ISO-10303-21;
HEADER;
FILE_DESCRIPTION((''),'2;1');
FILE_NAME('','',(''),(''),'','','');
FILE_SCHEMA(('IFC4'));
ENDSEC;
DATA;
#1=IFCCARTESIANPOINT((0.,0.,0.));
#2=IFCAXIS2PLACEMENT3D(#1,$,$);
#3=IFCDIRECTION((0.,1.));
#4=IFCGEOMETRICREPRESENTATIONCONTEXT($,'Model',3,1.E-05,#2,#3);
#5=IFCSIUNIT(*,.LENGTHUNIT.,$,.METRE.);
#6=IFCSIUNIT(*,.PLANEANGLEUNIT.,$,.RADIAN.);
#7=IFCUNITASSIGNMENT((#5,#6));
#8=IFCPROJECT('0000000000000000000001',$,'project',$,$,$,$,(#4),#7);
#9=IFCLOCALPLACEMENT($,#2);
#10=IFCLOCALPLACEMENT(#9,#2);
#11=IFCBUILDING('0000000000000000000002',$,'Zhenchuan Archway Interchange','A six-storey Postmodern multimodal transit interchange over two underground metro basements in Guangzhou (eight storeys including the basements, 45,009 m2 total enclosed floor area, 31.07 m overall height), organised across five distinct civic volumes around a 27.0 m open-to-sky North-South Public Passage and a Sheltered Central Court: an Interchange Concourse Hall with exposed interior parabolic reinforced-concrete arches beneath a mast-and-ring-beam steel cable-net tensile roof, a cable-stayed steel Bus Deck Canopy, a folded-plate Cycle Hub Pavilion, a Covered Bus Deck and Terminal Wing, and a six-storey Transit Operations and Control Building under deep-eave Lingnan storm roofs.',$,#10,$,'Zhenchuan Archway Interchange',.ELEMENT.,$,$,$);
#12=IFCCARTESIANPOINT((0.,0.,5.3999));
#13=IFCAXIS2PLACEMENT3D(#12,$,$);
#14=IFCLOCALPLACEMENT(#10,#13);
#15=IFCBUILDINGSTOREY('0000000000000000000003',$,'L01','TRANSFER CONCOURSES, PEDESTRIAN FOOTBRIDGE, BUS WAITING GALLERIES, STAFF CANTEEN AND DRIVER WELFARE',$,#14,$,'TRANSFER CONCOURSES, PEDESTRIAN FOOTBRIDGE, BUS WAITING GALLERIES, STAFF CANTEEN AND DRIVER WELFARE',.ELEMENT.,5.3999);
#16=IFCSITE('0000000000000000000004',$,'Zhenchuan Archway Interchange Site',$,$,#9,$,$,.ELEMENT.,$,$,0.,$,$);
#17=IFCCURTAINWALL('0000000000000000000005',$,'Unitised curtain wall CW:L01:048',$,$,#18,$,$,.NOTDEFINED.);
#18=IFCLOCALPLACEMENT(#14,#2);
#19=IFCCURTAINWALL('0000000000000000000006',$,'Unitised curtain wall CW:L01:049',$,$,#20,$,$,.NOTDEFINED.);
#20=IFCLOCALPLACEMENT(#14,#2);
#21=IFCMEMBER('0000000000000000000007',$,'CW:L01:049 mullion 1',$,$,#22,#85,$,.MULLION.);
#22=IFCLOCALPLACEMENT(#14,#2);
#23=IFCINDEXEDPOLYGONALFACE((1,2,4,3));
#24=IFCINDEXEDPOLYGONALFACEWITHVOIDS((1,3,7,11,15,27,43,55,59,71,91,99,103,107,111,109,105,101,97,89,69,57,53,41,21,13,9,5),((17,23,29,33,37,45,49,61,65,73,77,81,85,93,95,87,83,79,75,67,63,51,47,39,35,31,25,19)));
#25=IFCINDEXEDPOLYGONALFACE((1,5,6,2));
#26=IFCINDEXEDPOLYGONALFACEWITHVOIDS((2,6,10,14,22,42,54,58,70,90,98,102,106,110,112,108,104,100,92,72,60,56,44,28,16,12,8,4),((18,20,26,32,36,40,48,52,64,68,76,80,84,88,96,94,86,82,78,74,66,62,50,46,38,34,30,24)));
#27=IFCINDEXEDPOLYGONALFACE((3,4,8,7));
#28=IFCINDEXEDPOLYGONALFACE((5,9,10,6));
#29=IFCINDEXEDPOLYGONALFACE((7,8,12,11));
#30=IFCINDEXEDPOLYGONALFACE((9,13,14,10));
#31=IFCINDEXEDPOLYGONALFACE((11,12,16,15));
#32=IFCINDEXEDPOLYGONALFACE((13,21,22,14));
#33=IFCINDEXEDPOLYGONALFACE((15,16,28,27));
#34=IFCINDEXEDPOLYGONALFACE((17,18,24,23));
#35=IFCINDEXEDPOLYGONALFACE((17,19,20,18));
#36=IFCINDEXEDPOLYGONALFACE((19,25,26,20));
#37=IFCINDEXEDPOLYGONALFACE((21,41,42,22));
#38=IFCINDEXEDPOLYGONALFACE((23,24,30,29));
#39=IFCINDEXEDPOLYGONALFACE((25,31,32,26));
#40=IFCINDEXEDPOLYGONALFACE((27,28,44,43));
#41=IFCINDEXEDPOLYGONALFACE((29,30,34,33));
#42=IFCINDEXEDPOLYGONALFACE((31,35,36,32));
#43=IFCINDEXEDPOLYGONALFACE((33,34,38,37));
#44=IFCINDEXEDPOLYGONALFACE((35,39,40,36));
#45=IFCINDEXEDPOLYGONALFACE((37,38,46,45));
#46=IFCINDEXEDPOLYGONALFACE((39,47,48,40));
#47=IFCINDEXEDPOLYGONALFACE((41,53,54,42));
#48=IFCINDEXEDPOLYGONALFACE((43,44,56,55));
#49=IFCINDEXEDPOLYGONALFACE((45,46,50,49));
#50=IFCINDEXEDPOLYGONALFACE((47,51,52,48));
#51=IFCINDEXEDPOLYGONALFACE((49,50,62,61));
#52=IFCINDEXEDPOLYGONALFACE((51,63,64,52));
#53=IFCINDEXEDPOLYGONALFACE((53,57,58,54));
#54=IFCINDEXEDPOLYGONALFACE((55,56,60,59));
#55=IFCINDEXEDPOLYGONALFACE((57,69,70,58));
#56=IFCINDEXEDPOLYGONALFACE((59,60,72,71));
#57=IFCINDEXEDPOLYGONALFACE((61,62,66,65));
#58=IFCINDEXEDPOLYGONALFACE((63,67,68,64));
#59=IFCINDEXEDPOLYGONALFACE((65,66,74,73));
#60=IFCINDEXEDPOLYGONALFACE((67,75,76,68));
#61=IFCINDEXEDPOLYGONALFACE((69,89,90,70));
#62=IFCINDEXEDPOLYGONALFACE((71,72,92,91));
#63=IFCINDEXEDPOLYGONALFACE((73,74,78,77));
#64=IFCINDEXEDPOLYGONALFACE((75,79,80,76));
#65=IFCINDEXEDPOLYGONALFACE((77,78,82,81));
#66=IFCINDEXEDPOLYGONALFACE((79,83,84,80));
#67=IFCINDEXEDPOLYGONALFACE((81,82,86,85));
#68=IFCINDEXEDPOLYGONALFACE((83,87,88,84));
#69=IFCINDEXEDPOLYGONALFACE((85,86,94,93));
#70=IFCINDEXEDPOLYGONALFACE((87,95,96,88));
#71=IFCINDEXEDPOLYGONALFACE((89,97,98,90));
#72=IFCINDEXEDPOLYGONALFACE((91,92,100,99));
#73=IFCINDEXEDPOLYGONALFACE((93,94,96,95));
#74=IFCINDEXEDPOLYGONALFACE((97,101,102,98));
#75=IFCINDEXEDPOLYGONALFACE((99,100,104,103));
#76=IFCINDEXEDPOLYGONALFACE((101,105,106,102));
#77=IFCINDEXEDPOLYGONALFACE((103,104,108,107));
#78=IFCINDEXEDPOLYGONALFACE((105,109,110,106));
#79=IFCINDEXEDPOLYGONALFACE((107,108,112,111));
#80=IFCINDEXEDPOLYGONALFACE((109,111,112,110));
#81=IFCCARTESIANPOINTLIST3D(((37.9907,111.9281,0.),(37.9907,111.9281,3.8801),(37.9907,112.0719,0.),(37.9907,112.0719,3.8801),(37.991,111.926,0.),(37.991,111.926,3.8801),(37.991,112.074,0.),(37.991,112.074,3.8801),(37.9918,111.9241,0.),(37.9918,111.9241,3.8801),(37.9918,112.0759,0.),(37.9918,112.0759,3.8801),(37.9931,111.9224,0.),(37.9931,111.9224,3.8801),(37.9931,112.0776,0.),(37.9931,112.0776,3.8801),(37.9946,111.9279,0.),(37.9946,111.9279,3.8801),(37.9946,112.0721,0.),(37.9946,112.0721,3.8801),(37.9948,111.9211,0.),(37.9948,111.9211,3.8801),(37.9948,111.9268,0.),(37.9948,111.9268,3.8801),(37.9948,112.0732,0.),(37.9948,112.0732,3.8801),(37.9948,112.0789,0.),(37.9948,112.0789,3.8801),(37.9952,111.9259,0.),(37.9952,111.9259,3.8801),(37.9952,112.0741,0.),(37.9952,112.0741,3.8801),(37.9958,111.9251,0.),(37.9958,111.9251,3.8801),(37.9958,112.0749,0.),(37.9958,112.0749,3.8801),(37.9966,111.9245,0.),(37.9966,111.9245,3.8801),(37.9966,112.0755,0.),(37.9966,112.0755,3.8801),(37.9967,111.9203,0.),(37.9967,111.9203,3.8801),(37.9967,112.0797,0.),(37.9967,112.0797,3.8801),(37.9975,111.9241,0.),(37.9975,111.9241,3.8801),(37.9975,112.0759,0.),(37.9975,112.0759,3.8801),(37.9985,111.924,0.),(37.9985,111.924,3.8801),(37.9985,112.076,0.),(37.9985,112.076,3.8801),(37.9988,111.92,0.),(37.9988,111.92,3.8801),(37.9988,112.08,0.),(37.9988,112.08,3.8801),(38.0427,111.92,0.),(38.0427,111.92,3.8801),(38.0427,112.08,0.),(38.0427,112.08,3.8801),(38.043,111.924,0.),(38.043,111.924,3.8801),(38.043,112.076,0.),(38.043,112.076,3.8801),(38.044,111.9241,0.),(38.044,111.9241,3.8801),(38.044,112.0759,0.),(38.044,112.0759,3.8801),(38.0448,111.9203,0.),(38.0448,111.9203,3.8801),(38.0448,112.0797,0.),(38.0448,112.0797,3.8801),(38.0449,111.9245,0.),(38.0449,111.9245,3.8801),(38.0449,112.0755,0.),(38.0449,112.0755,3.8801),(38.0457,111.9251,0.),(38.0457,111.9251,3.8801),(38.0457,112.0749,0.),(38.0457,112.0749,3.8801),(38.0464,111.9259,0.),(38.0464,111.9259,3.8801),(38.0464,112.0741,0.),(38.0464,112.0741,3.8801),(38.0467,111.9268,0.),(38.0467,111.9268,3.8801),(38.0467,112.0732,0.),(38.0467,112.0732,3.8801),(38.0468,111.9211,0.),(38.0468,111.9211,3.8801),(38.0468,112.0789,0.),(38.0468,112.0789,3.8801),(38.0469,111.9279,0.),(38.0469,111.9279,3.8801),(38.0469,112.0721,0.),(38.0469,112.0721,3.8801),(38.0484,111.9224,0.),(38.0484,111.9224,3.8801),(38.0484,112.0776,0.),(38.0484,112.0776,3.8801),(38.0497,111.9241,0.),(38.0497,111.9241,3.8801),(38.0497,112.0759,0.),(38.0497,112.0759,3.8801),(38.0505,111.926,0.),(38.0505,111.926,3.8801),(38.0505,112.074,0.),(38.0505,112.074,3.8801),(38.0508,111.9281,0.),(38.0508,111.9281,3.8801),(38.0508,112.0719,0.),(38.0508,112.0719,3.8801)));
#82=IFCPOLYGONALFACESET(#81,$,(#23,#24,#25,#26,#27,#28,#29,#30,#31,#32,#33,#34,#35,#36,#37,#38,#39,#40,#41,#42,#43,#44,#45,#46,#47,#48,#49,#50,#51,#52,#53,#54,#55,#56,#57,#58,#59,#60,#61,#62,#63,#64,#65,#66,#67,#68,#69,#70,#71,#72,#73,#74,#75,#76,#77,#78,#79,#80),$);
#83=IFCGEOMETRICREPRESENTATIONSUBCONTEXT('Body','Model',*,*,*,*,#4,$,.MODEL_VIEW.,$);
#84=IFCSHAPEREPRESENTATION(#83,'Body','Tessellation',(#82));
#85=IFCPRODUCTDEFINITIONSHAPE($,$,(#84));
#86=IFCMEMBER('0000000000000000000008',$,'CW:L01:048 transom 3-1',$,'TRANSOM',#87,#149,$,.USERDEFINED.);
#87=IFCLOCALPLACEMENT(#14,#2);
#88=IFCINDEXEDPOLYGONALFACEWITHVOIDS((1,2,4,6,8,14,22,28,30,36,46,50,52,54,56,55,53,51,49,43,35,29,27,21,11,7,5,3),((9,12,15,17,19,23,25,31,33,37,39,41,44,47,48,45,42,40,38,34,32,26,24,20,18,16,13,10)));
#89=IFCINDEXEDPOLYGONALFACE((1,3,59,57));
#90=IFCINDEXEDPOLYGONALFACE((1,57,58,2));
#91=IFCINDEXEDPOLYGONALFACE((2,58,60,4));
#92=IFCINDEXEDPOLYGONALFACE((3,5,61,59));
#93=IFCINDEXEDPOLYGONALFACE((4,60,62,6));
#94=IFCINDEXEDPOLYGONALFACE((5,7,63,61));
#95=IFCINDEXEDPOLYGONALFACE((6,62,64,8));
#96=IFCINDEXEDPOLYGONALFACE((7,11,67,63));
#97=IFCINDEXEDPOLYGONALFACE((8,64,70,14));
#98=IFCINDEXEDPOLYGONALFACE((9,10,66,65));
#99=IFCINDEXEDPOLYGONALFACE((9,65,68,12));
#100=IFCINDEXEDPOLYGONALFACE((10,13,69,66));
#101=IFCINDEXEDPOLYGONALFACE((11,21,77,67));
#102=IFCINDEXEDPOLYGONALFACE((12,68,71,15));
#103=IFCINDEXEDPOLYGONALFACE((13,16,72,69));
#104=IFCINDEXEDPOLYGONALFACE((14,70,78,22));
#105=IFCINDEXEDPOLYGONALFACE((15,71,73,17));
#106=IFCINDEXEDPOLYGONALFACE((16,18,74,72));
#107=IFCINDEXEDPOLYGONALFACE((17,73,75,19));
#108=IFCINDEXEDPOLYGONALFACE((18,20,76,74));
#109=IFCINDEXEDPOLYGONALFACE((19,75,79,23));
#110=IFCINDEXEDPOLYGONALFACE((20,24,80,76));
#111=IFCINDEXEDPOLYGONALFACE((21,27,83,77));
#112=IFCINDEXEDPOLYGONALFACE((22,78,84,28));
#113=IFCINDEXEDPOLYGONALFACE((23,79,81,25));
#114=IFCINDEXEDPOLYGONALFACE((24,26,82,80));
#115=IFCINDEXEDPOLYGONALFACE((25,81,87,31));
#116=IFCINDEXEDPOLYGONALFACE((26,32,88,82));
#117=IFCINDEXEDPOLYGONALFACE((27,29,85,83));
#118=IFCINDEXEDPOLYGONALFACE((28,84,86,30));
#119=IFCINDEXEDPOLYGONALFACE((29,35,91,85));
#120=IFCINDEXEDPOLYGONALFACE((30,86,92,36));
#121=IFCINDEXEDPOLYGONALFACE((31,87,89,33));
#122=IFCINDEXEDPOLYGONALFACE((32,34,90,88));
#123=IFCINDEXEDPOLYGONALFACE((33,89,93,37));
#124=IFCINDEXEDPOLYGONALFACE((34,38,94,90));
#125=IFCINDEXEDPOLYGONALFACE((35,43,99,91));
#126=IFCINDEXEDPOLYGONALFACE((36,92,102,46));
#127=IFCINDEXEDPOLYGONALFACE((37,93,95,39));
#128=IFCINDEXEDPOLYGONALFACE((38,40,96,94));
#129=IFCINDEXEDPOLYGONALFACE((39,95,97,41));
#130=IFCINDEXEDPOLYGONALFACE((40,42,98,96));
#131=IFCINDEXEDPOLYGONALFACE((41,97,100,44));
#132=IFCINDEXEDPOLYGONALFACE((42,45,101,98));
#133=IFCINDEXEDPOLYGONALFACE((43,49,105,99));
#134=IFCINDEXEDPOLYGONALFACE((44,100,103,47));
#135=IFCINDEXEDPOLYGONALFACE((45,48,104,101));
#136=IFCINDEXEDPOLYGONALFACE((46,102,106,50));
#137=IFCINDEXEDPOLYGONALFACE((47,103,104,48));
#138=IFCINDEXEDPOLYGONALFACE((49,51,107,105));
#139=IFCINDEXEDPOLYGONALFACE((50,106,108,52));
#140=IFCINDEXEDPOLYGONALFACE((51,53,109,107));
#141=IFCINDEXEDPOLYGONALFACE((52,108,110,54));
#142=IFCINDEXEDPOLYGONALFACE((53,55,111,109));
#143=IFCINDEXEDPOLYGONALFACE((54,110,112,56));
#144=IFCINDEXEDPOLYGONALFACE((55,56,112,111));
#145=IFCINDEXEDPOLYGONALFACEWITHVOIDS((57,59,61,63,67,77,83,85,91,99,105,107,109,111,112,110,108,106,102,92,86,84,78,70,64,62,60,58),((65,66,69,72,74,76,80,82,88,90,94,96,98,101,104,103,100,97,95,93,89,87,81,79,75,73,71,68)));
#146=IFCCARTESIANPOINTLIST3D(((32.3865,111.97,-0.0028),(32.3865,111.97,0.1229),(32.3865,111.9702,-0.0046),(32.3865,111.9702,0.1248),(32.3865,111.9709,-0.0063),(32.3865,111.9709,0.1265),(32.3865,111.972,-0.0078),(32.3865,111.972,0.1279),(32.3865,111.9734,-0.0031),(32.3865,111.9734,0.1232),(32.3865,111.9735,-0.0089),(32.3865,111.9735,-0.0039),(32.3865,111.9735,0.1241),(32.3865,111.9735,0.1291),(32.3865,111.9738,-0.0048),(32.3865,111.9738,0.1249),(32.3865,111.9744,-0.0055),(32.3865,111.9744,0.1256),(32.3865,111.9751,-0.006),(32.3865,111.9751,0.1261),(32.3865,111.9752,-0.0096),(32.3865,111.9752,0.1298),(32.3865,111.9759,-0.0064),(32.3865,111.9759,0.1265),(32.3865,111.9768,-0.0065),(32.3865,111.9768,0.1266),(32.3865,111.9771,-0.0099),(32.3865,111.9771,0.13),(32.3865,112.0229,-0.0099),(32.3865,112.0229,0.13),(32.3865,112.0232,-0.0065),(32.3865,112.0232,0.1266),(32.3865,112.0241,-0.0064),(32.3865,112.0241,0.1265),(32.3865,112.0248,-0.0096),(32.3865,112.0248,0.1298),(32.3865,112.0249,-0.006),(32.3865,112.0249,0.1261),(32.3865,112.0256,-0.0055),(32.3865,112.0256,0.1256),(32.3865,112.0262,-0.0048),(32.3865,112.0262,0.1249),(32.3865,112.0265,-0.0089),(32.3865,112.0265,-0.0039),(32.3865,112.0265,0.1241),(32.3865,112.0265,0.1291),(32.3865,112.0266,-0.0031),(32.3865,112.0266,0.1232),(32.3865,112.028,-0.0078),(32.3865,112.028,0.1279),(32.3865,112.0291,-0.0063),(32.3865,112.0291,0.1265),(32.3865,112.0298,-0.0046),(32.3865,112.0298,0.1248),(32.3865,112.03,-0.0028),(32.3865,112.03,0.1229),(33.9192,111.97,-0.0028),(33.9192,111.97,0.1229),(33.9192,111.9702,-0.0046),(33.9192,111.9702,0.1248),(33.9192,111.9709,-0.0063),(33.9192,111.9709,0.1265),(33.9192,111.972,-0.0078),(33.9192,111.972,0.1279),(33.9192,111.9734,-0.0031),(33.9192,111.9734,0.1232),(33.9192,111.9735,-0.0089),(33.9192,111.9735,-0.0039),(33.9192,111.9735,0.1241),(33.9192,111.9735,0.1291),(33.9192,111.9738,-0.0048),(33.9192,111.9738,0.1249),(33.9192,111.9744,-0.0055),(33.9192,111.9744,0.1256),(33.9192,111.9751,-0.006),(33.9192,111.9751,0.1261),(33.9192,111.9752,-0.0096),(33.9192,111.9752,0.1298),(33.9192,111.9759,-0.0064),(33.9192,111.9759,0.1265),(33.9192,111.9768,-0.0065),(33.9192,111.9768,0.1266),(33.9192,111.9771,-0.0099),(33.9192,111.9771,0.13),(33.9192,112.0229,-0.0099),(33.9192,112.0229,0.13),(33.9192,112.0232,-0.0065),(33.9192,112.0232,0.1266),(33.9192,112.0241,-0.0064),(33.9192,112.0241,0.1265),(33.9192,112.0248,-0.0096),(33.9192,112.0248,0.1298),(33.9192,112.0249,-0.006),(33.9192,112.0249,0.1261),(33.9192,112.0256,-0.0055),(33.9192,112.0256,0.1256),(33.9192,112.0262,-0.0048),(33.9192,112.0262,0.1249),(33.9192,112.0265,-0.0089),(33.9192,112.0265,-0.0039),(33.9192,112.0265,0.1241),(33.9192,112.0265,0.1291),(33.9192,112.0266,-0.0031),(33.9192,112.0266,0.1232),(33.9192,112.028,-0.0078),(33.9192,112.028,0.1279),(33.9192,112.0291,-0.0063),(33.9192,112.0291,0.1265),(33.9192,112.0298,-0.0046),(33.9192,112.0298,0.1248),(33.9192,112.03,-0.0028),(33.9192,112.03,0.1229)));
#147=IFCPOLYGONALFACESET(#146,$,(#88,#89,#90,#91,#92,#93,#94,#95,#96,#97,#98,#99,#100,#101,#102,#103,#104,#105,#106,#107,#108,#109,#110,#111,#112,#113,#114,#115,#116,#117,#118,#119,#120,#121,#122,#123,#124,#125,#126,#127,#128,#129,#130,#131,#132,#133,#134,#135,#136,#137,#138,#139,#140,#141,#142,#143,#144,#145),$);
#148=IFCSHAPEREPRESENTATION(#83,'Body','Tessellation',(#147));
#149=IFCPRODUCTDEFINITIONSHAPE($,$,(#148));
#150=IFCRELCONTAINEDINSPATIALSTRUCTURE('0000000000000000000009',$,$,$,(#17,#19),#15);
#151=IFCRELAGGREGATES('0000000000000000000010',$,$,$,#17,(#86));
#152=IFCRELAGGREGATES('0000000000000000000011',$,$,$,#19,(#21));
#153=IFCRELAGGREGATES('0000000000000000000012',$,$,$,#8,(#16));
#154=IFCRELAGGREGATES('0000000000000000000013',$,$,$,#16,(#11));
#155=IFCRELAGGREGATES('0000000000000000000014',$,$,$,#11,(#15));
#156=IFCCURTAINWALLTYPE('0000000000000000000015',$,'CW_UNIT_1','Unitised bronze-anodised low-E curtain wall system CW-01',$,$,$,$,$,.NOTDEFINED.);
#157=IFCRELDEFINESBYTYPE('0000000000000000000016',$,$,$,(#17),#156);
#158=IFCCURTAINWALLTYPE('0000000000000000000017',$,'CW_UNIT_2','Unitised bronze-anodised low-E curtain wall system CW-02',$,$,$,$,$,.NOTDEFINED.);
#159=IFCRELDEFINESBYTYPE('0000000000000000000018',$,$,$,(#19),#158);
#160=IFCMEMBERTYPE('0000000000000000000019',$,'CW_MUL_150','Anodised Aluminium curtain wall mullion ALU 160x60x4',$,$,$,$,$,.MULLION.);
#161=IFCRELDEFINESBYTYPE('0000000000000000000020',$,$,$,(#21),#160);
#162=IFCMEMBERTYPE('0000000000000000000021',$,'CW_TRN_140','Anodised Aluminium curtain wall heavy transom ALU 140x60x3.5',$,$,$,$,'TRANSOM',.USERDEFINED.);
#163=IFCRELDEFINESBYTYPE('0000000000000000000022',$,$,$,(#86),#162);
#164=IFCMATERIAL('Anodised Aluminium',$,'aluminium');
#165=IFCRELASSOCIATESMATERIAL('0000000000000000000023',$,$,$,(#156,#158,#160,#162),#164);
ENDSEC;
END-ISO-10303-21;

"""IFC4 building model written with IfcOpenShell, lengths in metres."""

from ifc_helpers import new_model, si_unit, direction, frame, origin, origin_2d, place, context, subcontext, project, spatial, hollow_rectangle, extrude, material, material_profile, profile_set, type_object, element, aggregate, save


model = new_model("IFC4")

# Units and contexts
model_context = context("Model", 3, precision=1e-05, world=origin(), true_north=direction((0.0, 1.0)))
body_context = subcontext(model_context, "Body", "Model", "MODEL_VIEW")
ifc_project = project(units=[si_unit("LENGTHUNIT", "METRE"), si_unit("PLANEANGLEUNIT", "RADIAN")], contexts=[model_context])

# Site, building, storey
site_placement = place(None, origin())
site = spatial("IfcSite", under=ifc_project, at=site_placement, Name="Zhenchuan Archway Interchange Site", CompositionType="ELEMENT", RefElevation=0.0)
building_placement = place(site_placement, origin())
building = spatial("IfcBuilding", under=site, at=building_placement, Name="Zhenchuan Archway Interchange", Description="A six-storey Postmodern multimodal transit interchange over two underground metro basements in Guangzhou (eight storeys including the basements, 45,009 m2 total enclosed floor area, 31.07 m overall height), organised across five distinct civic volumes around a 27.0 m open-to-sky North-South Public Passage and a Sheltered Central Court: an Interchange Concourse Hall with exposed interior parabolic reinforced-concrete arches beneath a mast-and-ring-beam steel cable-net tensile roof, a cable-stayed steel Bus Deck Canopy, a folded-plate Cycle Hub Pavilion, a Covered Bus Deck and Terminal Wing, and a six-storey Transit Operations and Control Building under deep-eave Lingnan storm roofs.", LongName="Zhenchuan Archway Interchange", CompositionType="ELEMENT")
storey_placement = place(building_placement, frame((0.0, 0.0, 5.3999)))
storey = spatial("IfcBuildingStorey", under=building, at=storey_placement, Name="L01", Description="TRANSFER CONCOURSES, PEDESTRIAN FOOTBRIDGE, BUS WAITING GALLERIES, STAFF CANTEEN AND DRIVER WELFARE", LongName="TRANSFER CONCOURSES, PEDESTRIAN FOOTBRIDGE, BUS WAITING GALLERIES, STAFF CANTEEN AND DRIVER WELFARE", CompositionType="ELEMENT", Elevation=5.3999)

# Curtain walls, member
ifc_material_1 = material(Name="Anodised Aluminium", Category="aluminium")
curtain_wall_type_1 = type_object("IfcCurtainWallType", Name="CW_UNIT_1", Description="Unitised bronze-anodised low-E curtain wall system CW-01", PredefinedType="NOTDEFINED", material=ifc_material_1)
curtain_wall_1_placement = place(storey_placement, origin())
curtain_wall_1 = element("IfcCurtainWall", 1, at=curtain_wall_1_placement, inside=storey, type_object=curtain_wall_type_1, Name="Unitised curtain wall CW:L01:048", PredefinedType="NOTDEFINED")
ifc_material_profile_1 = material_profile(ifc_material_1, hollow_rectangle(XDim=0.0601, YDim=0.1599, WallThickness=0.0039, InnerFilletRadius=0.0039, OuterFilletRadius=0.0081, at=origin_2d()), Name="ALU 160x60x4")
ifc_profile_set_1 = profile_set([ifc_material_profile_1], Name="Anodised Aluminium")
member_type_1 = type_object("IfcMemberType", Name="CW_MUL_150", Description="Anodised Aluminium curtain wall mullion ALU 160x60x4", PredefinedType="MULLION", material=ifc_profile_set_1)
curtain_wall_type_2 = type_object("IfcCurtainWallType", Name="CW_UNIT_2", Description="Unitised bronze-anodised low-E curtain wall system CW-02", PredefinedType="NOTDEFINED", material=ifc_material_1)
curtain_wall_2_placement = place(storey_placement, origin())
curtain_wall_2 = element("IfcCurtainWall", 2, at=curtain_wall_2_placement, inside=storey, type_object=curtain_wall_type_2, Name="Unitised curtain wall CW:L01:049", PredefinedType="NOTDEFINED")
member_1_placement = place(storey_placement, frame((38.0208, 112.0, 0.0), z_axis=(0.0, 0.0, 1.0), x_axis=(1.0, 0.0, 0.0)))
member_1 = element("IfcMember", 3, at=member_1_placement, type_object=member_type_1, Name="CW:L01:049 mullion 1", PredefinedType="MULLION", context=body_context, shape_type="SweptSolid", body=[
    extrude(hollow_rectangle(XDim=0.0601, YDim=0.1599, WallThickness=0.0039, InnerFilletRadius=0.0039, OuterFilletRadius=0.0081, at=origin_2d()), origin(), (0.0, 0.0, 1.0), 3.8801),
])

# Member
ifc_material_profile_2 = material_profile(ifc_material_1, hollow_rectangle(XDim=0.0601, YDim=0.1399, WallThickness=0.0034, InnerFilletRadius=0.0034, OuterFilletRadius=0.0071, at=origin_2d()), Name="ALU 140x60x3.5")
ifc_profile_set_2 = profile_set([ifc_material_profile_2], Name="Anodised Aluminium")
member_type_2 = type_object("IfcMemberType", Name="CW_TRN_140", Description="Anodised Aluminium curtain wall heavy transom ALU 140x60x3.5", ElementType="TRANSOM", PredefinedType="USERDEFINED", material=ifc_profile_set_2)
member_2_placement = place(storey_placement, frame((32.3865, 112.0, 0.0601), z_axis=(1.0, 0.0, 0.0), x_axis=(0.0, 1.0, 0.0)))
member_2 = element("IfcMember", 4, at=member_2_placement, type_object=member_type_2, Name="CW:L01:048 transom 3-1", ObjectType="TRANSOM", PredefinedType="USERDEFINED", context=body_context, shape_type="SweptSolid", body=[
    extrude(hollow_rectangle(XDim=0.0601, YDim=0.1399, WallThickness=0.0034, InnerFilletRadius=0.0034, OuterFilletRadius=0.0071, at=origin_2d()), origin(), (0.0, 0.0, 1.0), 1.5327),
])

aggregate(curtain_wall_1, [member_2])
aggregate(curtain_wall_2, [member_1])

save(model, "model.ifc")
